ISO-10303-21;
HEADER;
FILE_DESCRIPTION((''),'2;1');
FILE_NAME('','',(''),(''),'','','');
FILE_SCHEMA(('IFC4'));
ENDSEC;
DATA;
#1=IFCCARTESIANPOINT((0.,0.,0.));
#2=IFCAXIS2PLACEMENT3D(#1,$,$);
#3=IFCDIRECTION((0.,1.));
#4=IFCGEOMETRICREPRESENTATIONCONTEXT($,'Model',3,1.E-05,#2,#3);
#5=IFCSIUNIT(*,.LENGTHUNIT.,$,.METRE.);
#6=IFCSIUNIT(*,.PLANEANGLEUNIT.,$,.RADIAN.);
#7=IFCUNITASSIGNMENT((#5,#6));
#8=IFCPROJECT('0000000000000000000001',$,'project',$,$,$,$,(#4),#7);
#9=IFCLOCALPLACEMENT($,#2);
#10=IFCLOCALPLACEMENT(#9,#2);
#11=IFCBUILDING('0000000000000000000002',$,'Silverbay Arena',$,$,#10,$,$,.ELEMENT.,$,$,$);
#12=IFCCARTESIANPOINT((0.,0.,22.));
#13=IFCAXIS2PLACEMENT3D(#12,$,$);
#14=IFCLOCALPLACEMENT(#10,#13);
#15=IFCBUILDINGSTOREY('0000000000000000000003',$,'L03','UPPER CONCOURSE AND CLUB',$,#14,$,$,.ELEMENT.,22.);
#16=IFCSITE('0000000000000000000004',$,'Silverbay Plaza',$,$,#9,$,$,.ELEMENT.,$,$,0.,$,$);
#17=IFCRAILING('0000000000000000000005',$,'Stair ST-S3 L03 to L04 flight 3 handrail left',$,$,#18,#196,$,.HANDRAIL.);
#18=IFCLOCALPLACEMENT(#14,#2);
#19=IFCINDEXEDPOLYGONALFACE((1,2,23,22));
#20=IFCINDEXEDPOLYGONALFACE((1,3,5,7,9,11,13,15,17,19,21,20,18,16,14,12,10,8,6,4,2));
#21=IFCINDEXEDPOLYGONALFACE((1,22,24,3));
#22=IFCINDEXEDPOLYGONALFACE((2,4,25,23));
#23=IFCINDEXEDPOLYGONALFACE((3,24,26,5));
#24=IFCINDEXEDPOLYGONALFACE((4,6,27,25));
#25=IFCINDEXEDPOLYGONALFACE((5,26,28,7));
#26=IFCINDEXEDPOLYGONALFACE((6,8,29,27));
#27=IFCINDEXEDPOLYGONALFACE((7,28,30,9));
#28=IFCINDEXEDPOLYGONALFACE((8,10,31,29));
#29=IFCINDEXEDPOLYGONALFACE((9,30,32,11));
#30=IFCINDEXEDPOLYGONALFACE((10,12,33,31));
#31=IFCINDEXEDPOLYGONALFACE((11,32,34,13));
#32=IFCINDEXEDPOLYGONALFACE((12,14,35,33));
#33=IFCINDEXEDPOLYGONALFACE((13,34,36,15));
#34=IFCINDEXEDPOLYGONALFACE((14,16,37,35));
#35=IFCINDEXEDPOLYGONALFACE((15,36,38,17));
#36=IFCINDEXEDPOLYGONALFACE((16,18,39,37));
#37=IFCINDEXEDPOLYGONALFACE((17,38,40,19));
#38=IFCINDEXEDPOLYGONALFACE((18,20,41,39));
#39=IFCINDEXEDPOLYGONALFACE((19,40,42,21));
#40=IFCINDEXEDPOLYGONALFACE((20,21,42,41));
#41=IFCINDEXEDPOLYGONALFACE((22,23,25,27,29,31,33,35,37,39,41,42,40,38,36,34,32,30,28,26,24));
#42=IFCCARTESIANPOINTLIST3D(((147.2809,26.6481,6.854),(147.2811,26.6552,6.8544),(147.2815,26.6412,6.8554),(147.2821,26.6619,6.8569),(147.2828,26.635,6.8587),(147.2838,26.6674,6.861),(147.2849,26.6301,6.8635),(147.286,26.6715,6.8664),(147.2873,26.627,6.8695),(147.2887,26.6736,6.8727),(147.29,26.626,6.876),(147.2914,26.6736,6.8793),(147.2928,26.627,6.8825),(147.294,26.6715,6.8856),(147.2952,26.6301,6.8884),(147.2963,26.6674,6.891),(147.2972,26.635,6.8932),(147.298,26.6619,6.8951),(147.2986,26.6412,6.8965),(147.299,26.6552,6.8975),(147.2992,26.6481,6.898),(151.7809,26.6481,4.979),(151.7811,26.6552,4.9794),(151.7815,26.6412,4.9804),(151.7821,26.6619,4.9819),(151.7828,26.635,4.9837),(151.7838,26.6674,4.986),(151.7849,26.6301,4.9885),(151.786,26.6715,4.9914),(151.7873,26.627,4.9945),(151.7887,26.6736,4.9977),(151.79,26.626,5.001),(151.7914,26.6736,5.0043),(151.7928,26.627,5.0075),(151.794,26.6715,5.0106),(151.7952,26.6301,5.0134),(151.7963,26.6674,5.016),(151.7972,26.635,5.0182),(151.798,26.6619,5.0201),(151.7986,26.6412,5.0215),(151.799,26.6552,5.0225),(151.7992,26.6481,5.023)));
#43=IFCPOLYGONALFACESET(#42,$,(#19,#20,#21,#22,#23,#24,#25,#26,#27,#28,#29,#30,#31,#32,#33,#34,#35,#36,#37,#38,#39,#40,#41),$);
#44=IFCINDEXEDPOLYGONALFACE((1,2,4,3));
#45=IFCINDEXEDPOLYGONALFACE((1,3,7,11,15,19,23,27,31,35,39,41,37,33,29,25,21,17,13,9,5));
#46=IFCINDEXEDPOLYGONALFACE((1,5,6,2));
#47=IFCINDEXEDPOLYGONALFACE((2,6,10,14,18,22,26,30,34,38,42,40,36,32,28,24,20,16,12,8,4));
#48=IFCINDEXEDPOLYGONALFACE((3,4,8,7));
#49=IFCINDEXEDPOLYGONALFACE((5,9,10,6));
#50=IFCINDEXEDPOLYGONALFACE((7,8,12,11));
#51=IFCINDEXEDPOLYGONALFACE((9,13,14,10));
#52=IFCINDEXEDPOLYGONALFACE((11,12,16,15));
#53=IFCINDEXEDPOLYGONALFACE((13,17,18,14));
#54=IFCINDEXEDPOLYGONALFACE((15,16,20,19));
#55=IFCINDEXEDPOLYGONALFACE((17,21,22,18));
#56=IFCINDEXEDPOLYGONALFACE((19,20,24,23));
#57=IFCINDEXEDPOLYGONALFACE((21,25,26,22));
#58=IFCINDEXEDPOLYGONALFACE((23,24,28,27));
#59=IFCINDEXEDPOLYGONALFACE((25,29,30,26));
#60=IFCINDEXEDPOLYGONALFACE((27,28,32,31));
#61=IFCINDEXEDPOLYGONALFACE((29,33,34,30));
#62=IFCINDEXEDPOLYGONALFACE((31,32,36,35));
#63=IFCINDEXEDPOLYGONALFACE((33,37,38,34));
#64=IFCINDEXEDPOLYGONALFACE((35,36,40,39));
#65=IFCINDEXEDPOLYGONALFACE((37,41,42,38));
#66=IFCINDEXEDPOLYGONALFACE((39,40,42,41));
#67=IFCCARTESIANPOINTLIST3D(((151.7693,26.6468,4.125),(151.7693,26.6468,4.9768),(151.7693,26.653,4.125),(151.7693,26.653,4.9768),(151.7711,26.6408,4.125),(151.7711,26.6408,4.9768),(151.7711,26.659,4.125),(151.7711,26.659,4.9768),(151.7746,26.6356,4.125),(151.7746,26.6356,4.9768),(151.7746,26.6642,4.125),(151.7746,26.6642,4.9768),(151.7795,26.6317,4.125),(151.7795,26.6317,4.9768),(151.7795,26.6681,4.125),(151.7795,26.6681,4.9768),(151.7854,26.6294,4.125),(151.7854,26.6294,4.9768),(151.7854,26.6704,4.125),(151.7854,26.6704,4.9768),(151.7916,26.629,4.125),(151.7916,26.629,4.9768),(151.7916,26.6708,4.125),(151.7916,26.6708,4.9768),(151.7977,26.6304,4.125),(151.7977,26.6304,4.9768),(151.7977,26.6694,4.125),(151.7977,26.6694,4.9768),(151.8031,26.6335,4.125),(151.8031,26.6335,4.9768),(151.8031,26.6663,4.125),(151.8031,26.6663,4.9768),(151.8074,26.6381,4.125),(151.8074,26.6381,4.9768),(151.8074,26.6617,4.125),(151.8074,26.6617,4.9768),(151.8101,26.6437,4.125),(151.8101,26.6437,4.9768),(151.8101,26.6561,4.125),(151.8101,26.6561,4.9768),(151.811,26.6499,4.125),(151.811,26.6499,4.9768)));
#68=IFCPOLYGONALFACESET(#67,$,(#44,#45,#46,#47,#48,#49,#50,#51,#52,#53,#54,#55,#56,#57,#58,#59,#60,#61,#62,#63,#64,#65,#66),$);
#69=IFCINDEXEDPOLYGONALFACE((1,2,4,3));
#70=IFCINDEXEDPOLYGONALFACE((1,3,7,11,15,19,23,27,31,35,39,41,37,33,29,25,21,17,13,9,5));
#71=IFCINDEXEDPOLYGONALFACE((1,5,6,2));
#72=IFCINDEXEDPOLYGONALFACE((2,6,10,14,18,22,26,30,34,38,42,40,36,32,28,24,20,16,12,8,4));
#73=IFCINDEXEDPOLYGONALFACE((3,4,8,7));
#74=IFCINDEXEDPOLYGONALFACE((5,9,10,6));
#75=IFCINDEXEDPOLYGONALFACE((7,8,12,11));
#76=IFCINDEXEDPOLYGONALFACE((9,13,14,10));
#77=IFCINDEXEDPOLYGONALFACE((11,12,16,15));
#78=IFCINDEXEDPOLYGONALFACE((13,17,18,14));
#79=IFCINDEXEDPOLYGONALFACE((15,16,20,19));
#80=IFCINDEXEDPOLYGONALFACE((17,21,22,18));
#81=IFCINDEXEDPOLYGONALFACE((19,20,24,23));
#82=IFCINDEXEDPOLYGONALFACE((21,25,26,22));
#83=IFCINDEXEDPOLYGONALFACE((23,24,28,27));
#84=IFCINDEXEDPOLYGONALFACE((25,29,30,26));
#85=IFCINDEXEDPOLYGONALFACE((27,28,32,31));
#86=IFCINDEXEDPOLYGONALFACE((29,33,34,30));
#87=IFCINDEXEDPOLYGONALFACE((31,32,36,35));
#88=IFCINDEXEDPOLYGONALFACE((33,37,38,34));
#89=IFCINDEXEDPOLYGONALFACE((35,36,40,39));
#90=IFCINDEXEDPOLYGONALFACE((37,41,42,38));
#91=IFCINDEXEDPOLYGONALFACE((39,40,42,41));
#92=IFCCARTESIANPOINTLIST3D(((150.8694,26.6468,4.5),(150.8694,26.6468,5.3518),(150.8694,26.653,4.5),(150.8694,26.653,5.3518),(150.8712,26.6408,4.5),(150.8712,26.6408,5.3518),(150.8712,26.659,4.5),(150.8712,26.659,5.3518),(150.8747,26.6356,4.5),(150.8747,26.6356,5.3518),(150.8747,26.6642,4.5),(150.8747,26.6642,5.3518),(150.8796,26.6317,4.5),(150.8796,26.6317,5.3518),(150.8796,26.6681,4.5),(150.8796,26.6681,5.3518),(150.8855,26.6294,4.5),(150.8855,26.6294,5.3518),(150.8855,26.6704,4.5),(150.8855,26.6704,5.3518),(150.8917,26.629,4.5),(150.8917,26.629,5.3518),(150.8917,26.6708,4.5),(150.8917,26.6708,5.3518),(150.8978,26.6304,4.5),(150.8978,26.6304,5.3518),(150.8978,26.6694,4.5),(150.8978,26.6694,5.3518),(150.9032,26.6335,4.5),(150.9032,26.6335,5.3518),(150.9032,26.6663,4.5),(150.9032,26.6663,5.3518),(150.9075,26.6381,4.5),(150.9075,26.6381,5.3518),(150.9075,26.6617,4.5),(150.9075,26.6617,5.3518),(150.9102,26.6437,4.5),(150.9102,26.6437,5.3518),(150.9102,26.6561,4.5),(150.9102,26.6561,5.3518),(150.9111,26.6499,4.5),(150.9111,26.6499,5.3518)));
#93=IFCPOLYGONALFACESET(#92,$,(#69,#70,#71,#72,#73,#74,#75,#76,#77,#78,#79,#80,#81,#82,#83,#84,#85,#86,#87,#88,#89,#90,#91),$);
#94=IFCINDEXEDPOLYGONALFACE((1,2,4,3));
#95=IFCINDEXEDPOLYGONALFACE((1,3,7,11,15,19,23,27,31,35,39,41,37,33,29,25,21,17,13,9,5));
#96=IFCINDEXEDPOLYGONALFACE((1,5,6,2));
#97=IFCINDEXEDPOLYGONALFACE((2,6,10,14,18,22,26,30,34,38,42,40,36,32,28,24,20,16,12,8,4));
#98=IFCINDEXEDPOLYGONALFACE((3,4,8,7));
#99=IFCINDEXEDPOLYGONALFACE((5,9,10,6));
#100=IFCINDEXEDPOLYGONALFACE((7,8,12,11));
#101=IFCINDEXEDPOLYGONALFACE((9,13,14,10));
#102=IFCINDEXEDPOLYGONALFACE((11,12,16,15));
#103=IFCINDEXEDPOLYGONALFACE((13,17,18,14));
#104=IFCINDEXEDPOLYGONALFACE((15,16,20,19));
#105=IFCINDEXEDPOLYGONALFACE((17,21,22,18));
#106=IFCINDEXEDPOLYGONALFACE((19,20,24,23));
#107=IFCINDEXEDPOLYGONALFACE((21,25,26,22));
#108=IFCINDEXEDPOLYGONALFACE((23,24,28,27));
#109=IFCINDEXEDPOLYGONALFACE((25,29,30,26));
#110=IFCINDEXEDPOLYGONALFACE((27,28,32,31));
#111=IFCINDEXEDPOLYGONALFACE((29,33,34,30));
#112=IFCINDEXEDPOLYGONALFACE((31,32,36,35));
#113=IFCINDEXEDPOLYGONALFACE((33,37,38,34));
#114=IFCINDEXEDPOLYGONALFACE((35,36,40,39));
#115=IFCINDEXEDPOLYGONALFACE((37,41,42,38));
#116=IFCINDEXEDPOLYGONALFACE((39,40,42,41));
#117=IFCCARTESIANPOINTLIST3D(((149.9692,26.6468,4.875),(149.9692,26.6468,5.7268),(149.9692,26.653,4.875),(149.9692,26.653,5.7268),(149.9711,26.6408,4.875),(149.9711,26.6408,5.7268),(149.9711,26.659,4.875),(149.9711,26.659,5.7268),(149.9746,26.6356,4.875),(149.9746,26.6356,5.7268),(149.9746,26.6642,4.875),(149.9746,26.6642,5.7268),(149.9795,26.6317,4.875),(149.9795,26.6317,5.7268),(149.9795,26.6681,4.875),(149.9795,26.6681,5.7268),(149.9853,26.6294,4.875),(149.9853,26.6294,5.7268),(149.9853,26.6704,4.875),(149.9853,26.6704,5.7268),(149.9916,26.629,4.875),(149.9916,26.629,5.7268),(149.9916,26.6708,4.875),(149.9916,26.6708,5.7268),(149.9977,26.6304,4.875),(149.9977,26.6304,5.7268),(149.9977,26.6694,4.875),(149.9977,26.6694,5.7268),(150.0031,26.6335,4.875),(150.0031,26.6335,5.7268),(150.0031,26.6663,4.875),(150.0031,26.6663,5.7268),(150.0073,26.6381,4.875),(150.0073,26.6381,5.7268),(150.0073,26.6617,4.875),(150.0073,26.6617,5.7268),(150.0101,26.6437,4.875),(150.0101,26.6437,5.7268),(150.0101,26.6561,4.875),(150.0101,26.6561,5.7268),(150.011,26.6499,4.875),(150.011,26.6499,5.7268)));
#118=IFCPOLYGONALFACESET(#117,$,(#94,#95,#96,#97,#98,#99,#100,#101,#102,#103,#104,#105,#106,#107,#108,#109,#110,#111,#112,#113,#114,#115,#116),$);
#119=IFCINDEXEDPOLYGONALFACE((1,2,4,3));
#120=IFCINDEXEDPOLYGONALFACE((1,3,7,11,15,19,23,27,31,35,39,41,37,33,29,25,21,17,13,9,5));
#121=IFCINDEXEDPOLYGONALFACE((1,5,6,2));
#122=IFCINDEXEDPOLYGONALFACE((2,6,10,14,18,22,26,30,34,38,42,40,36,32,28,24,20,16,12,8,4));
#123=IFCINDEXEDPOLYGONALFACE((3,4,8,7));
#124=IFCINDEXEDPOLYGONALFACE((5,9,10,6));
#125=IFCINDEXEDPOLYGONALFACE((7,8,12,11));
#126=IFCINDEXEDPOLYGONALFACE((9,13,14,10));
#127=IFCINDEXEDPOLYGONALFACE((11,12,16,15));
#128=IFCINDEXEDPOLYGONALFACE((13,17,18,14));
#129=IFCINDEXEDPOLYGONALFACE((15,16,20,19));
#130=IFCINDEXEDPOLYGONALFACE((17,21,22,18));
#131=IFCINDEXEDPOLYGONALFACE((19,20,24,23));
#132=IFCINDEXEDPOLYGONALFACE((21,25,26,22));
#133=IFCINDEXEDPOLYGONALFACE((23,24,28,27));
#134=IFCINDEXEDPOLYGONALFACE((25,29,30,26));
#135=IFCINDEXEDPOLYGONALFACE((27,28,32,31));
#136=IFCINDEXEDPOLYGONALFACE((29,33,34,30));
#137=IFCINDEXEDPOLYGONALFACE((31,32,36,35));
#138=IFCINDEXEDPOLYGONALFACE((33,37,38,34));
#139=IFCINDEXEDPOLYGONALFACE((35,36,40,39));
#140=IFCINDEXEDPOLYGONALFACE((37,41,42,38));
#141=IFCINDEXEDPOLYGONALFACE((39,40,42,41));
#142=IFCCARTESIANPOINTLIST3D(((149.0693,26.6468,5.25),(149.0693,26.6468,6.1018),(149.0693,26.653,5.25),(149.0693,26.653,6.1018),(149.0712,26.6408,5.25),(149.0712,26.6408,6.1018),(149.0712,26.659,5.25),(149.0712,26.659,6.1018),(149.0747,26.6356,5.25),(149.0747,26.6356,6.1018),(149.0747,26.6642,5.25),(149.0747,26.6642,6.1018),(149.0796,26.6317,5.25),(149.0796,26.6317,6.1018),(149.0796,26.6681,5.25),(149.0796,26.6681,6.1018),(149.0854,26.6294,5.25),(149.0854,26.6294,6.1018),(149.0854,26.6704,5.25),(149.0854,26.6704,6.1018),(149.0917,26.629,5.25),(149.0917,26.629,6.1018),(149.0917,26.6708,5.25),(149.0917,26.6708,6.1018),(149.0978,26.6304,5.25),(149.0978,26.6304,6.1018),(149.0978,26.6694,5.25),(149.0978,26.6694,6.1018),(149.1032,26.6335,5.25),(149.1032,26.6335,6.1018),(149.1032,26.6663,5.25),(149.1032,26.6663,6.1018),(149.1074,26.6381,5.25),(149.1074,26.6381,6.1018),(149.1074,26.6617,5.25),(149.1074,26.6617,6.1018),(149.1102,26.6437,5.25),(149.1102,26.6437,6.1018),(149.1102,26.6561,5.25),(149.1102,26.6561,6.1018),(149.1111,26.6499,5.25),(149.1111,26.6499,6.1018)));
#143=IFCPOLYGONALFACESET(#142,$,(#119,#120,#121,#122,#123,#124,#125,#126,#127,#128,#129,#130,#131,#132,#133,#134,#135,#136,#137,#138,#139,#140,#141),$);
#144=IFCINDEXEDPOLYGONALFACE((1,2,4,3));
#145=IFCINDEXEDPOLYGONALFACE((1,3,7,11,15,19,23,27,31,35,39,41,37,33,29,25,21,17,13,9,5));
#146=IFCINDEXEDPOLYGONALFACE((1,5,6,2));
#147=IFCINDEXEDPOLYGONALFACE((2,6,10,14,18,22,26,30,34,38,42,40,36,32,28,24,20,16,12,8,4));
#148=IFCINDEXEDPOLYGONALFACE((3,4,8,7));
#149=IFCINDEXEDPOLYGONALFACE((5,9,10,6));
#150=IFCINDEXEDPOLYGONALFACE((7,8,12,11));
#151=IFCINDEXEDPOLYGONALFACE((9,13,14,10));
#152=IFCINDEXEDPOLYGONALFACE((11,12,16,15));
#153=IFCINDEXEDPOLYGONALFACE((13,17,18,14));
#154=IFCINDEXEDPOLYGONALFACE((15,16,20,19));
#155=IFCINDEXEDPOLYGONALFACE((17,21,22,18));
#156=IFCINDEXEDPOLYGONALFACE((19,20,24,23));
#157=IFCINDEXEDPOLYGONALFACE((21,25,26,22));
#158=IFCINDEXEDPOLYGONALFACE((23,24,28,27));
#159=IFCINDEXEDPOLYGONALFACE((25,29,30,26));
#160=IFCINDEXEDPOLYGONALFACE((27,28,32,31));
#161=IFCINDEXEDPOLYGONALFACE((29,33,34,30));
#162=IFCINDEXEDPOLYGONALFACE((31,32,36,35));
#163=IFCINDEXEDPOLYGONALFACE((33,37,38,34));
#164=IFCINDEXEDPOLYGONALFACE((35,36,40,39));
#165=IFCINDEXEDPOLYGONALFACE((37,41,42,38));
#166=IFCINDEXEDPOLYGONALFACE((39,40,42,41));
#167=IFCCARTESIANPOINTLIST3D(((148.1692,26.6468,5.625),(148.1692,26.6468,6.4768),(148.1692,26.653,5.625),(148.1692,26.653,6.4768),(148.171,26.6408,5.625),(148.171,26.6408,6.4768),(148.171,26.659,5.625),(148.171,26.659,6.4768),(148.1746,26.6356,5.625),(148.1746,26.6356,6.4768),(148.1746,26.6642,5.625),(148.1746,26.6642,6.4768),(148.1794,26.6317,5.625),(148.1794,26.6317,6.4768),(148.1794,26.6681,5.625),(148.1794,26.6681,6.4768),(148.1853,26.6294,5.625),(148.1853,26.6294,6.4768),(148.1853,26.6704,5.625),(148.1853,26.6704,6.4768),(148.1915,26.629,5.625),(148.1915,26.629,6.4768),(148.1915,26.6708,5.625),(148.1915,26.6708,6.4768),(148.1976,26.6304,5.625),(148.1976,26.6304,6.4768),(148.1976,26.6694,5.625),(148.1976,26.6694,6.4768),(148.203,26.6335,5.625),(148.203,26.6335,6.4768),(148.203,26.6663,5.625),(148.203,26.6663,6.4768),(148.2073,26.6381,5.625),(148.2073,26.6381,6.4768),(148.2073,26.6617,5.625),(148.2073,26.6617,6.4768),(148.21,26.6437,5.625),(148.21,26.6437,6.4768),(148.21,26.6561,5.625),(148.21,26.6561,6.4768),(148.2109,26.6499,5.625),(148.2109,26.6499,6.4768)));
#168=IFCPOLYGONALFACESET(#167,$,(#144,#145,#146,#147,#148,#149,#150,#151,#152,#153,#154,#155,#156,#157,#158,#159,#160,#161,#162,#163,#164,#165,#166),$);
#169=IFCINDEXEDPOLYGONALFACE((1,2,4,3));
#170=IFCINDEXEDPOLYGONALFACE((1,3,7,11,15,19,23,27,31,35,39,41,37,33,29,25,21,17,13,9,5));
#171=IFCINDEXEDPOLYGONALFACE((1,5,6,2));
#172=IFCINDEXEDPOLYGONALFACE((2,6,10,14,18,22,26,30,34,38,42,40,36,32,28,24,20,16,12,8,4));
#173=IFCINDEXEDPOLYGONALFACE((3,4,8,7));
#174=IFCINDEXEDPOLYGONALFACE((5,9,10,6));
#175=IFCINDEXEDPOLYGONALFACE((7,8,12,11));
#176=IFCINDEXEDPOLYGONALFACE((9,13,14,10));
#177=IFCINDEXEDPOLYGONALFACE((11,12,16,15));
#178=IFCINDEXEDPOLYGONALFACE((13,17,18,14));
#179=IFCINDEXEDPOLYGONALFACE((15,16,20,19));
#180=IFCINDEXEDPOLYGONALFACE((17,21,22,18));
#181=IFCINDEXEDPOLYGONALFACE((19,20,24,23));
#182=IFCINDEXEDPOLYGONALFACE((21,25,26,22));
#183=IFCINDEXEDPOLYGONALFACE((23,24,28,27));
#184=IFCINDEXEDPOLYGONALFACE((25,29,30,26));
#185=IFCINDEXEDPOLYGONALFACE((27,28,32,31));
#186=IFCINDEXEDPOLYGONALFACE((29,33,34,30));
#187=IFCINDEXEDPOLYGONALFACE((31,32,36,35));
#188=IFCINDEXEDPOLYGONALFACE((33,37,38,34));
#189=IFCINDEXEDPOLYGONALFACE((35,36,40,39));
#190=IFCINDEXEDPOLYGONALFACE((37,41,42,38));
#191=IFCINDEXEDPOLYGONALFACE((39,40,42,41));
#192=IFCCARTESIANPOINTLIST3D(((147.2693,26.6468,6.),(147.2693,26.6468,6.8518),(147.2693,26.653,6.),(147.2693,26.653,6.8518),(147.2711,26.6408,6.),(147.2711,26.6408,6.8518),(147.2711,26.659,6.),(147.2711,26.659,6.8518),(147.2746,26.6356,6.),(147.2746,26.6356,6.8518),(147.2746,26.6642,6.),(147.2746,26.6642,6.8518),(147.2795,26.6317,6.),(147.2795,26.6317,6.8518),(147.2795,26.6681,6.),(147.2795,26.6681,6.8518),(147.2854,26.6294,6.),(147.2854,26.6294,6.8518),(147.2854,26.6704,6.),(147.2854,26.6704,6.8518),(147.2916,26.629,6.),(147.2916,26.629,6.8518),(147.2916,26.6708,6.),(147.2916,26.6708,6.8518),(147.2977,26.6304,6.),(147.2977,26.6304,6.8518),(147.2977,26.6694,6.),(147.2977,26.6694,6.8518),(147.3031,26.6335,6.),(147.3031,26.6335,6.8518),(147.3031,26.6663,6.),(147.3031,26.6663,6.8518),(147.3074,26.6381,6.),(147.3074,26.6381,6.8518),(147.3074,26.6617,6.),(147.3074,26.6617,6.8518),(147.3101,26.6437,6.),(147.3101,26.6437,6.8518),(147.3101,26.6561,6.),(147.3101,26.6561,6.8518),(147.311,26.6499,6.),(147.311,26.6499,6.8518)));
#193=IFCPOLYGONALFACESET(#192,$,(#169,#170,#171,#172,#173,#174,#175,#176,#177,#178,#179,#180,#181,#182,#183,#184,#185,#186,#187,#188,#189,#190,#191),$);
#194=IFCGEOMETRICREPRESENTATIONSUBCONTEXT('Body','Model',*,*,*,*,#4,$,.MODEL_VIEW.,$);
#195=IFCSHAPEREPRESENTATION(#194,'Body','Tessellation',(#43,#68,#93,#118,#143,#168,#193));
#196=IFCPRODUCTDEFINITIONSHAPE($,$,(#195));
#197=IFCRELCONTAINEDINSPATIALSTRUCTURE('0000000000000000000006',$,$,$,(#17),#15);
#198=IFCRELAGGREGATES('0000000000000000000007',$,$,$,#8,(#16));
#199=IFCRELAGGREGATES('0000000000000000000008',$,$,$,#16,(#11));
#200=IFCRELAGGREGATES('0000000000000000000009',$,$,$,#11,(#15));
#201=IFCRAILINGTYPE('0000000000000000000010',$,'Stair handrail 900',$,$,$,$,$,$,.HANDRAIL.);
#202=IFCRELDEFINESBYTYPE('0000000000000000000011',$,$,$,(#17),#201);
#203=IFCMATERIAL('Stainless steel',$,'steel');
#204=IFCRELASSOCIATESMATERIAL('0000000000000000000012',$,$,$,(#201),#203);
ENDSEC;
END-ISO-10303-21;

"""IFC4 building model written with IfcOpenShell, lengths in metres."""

from ifc_helpers import new_model, si_unit, direction, frame, origin, origin_2d, place, context, subcontext, project, spatial, circle, extrude, material, type_object, element, save


model = new_model("IFC4")

# Units and contexts
model_context = context("Model", 3, precision=1e-05, world=origin(), true_north=direction((0.0, 1.0)))
body_context = subcontext(model_context, "Body", "Model", "MODEL_VIEW")
ifc_project = project(units=[si_unit("LENGTHUNIT", "METRE"), si_unit("PLANEANGLEUNIT", "RADIAN")], contexts=[model_context])

# Site, building, storey
site_placement = place(None, origin())
site = spatial("IfcSite", under=ifc_project, at=site_placement, Name="Silverbay Plaza", CompositionType="ELEMENT", RefElevation=0.0)
building_placement = place(site_placement, origin())
building = spatial("IfcBuilding", under=site, at=building_placement, Name="Silverbay Arena", CompositionType="ELEMENT")
storey_placement = place(building_placement, frame((0.0, 0.0, 22.0)))
storey = spatial("IfcBuildingStorey", under=building, at=storey_placement, Name="L03", Description="UPPER CONCOURSE AND CLUB", CompositionType="ELEMENT", Elevation=22.0)

# Railing
ifc_material_1 = material(Name="Stainless steel", Category="steel")
railing_type_1 = type_object("IfcRailingType", Name="Stair handrail 900", PredefinedType="HANDRAIL", material=ifc_material_1)
for number, where, name in (
    (1, (151.79, 26.6499, 4.125), "Stair ST-S3 L03 to L04 flight 3 handrail left"),
):
    element("IfcRailing", number, at=place(storey_placement, frame(where)), inside=storey, type_object=railing_type_1, Name=name, PredefinedType="HANDRAIL", context=body_context, shape_type="SweptSolid", body=[
        extrude(circle(Radius=0.0239, at=origin_2d()), frame((0.0, 0.0, 0.876), z_axis=(-0.923077, 0.0, 0.384615), x_axis=(0.0, -1.0, 0.0)), (0.0, 0.0, 1.0), 4.875),
        extrude(circle(Radius=0.021, at=origin_2d()), origin(), (0.0, 0.0, 1.0), 0.8518),
        extrude(circle(Radius=0.021, at=origin_2d()), frame((-0.8999, 0.0, 0.375)), (0.0, 0.0, 1.0), 0.8518),
        extrude(circle(Radius=0.021, at=origin_2d()), frame((-1.8, 0.0, 0.75)), (0.0, 0.0, 1.0), 0.8518),
        extrude(circle(Radius=0.021, at=origin_2d()), frame((-2.7, 0.0, 1.125)), (0.0, 0.0, 1.0), 0.8518),
        extrude(circle(Radius=0.021, at=origin_2d()), frame((-3.6001, 0.0, 1.5)), (0.0, 0.0, 1.0), 0.8518),
        extrude(circle(Radius=0.021, at=origin_2d()), frame((-4.5, 0.0, 1.875)), (0.0, 0.0, 1.0), 0.8518),
    ])

save(model, "model.ifc")
